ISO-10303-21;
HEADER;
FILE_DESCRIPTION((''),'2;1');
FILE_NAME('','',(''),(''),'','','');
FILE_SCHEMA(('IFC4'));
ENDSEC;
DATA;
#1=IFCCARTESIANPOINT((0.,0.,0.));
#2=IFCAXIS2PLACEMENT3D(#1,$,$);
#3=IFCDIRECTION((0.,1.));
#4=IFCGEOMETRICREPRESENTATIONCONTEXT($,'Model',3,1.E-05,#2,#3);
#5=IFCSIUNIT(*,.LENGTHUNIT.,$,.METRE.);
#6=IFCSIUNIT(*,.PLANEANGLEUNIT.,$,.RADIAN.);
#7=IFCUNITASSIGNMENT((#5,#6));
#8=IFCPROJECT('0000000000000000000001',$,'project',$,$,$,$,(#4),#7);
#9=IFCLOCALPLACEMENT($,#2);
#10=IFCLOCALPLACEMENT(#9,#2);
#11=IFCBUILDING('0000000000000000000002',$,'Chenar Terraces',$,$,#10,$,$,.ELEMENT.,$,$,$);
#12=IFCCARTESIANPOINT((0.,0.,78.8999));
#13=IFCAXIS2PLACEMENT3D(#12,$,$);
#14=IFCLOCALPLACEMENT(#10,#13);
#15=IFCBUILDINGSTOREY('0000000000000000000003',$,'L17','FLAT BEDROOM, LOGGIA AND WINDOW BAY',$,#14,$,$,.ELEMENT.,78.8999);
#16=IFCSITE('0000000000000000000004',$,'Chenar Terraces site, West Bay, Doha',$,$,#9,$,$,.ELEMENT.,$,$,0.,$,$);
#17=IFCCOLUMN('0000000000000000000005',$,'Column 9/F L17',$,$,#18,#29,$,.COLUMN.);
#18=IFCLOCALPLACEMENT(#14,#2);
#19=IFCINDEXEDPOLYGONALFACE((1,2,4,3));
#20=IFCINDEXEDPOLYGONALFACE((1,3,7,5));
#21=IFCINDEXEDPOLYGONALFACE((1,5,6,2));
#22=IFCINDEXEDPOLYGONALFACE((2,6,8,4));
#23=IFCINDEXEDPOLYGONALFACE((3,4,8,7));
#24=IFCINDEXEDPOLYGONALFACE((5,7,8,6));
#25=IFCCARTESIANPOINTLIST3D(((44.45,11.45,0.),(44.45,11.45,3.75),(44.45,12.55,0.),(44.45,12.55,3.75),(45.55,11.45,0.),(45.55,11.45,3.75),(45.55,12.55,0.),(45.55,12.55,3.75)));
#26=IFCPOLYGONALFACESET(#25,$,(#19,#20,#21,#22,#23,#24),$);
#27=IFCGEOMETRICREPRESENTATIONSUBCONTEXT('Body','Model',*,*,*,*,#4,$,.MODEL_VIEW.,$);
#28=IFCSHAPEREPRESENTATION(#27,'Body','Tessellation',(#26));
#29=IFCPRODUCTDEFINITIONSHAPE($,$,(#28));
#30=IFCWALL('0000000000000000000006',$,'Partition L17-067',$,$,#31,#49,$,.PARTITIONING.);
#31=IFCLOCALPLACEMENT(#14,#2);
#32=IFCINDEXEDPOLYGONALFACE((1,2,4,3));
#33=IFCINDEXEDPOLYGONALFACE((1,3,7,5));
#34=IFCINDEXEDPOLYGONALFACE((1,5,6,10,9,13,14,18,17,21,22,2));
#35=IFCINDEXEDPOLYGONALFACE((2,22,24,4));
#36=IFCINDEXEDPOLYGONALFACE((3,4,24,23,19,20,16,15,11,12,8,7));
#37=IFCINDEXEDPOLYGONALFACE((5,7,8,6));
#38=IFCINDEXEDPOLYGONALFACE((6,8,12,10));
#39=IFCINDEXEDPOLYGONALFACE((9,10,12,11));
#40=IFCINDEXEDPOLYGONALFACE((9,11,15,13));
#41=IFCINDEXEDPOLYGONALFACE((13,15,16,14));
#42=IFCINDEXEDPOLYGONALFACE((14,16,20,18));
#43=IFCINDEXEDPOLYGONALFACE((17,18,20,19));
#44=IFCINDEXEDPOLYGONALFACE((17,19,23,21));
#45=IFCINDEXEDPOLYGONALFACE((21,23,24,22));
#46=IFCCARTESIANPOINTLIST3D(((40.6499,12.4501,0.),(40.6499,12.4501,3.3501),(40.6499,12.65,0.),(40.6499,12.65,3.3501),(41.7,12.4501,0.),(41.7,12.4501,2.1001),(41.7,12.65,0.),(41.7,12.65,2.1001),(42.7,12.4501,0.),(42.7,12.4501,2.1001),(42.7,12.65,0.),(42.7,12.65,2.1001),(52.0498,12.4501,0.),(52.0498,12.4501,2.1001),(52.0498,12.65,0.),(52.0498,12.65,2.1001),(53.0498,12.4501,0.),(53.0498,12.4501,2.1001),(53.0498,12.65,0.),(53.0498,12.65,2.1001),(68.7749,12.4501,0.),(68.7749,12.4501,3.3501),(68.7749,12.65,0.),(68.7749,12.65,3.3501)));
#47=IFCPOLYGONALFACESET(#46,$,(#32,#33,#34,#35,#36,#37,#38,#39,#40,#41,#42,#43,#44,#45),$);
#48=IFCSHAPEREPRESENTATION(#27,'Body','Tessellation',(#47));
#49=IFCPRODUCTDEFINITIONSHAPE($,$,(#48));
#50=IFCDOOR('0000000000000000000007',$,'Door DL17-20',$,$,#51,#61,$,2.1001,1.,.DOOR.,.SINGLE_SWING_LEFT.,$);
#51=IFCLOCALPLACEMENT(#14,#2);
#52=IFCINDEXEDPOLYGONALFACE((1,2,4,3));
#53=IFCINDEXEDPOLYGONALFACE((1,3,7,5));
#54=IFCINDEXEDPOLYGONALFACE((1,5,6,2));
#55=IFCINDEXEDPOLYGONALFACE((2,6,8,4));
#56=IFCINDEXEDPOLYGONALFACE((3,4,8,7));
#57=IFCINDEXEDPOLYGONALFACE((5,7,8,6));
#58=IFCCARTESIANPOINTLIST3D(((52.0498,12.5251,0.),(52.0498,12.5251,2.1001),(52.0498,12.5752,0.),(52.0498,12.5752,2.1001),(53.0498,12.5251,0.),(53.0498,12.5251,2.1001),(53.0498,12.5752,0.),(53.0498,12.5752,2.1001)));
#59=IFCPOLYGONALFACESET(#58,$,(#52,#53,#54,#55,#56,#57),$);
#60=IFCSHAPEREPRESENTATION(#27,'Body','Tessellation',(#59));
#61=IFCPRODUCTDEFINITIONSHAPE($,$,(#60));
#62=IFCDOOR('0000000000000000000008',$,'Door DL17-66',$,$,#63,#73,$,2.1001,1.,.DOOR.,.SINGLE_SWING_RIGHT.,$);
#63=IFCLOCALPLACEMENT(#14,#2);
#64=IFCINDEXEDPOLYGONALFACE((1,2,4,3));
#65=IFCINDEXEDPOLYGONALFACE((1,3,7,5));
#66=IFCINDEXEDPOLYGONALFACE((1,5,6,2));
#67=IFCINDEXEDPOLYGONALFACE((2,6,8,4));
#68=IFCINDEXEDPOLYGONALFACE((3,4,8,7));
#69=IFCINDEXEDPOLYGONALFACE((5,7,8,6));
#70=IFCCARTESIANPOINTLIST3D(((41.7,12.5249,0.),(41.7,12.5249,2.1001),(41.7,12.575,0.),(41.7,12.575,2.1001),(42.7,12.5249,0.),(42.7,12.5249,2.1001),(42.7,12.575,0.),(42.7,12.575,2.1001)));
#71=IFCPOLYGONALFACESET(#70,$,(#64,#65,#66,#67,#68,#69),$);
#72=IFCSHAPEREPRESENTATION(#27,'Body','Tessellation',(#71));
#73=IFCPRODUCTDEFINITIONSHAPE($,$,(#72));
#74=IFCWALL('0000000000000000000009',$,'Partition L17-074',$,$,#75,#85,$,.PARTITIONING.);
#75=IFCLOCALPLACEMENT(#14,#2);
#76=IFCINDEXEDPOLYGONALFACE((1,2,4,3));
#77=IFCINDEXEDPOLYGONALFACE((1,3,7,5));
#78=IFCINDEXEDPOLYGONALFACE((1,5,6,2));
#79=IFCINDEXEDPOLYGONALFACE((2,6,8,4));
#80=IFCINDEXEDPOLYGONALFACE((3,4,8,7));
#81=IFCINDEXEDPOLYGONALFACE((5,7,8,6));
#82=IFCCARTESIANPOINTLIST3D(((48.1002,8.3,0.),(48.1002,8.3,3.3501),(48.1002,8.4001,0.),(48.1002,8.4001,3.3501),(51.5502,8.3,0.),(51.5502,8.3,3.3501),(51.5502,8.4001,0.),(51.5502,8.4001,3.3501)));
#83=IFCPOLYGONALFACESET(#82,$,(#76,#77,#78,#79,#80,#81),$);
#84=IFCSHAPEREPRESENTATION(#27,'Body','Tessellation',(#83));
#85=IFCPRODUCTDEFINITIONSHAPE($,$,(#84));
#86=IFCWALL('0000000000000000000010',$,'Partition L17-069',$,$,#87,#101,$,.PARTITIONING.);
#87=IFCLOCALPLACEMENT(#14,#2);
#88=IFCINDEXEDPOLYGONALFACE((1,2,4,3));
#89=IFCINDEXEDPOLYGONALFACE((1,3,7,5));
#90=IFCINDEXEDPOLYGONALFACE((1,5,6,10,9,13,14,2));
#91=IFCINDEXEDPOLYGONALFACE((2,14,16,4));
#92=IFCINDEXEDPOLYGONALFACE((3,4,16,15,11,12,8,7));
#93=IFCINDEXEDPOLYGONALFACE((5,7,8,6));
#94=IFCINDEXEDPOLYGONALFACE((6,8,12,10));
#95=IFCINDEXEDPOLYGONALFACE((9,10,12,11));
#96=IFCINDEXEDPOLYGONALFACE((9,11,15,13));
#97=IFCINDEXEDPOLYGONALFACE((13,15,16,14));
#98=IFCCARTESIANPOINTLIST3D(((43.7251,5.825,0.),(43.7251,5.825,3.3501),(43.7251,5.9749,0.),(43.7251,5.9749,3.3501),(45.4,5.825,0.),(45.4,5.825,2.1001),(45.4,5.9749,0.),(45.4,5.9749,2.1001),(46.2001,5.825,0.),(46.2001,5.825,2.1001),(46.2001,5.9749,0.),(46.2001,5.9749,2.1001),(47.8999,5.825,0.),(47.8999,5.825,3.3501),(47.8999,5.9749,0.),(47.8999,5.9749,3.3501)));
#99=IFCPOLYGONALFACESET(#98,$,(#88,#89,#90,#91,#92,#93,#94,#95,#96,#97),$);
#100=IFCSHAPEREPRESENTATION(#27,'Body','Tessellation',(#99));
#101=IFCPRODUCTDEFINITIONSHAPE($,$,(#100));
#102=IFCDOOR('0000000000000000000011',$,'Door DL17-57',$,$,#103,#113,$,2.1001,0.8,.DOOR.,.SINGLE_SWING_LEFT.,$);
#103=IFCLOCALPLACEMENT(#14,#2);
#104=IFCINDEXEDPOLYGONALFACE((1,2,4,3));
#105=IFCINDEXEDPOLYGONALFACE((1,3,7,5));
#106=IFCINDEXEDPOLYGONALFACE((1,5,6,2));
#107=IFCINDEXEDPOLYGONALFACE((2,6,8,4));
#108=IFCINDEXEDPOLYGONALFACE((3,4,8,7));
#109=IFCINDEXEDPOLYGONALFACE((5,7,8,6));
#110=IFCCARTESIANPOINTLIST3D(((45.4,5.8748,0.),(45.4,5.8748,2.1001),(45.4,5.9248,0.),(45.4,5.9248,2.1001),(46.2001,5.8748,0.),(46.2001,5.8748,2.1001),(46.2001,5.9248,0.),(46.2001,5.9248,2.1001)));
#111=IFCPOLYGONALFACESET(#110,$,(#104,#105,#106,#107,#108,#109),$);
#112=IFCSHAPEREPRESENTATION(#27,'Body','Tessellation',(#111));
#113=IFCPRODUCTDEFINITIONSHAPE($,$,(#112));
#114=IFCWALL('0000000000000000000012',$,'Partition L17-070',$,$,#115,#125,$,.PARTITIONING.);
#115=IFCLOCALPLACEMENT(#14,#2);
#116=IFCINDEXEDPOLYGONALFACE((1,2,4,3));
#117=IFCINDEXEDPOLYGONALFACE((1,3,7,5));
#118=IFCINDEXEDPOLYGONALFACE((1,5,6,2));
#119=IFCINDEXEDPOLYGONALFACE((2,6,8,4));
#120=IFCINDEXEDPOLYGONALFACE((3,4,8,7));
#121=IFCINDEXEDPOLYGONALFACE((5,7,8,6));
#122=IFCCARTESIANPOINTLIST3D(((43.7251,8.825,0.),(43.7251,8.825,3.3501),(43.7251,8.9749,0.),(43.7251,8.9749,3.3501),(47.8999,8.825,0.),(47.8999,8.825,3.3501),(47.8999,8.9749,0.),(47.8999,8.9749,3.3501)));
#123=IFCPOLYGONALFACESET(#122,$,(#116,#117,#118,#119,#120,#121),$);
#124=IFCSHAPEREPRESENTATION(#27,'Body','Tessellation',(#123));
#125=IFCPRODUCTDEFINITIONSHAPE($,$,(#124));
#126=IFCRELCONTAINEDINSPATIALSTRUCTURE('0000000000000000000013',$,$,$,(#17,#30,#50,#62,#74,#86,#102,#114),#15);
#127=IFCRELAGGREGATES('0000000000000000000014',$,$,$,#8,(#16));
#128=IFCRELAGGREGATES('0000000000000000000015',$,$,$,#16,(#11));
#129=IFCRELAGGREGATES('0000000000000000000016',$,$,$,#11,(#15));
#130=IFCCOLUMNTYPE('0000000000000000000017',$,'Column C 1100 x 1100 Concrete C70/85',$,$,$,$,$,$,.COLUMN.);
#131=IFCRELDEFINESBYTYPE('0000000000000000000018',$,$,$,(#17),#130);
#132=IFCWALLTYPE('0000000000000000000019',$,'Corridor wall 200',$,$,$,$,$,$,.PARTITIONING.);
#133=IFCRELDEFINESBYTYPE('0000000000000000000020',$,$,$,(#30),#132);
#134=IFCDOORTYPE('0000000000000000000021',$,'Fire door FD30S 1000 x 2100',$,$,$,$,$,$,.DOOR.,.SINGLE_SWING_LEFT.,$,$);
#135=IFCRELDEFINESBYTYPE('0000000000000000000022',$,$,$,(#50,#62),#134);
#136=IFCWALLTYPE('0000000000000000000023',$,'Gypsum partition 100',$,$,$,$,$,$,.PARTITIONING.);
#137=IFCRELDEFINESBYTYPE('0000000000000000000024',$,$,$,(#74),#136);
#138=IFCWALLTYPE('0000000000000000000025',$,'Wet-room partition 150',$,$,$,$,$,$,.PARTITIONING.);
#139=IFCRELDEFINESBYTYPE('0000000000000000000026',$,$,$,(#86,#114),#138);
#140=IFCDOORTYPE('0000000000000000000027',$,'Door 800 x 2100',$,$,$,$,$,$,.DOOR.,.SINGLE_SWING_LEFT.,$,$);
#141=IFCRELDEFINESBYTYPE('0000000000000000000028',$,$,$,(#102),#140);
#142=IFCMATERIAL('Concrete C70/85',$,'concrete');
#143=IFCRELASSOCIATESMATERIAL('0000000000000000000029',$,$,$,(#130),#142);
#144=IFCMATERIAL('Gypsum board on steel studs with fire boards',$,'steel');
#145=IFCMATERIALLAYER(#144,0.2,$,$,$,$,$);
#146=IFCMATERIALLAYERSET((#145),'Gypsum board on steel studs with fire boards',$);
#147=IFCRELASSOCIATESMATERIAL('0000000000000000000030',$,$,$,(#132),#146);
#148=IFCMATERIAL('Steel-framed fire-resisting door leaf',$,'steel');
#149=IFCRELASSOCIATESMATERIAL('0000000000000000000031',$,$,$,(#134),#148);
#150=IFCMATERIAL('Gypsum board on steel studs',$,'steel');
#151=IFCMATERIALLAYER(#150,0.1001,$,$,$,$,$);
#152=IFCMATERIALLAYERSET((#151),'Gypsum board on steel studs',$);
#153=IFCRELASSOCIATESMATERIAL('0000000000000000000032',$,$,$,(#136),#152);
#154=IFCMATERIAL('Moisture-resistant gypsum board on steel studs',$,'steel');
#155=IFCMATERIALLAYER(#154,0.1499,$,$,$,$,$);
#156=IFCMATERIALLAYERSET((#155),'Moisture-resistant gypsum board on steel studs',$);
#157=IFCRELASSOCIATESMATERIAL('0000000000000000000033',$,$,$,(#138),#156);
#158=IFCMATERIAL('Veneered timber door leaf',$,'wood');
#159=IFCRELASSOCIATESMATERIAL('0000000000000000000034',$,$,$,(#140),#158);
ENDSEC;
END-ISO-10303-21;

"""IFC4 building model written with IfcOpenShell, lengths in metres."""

from ifc_helpers import new_model, si_unit, direction, frame, frame_2d, origin, origin_2d, place, context, subcontext, project, spatial, rectangle, extrude, material, layer, layer_set, material_profile, profile_set, type_object, element, fill, save


model = new_model("IFC4")

# Units and contexts
model_context = context("Model", 3, precision=1e-05, world=origin(), true_north=direction((0.0, 1.0)))
body_context = subcontext(model_context, "Body", "Model", "MODEL_VIEW")
ifc_project = project(units=[si_unit("LENGTHUNIT", "METRE"), si_unit("PLANEANGLEUNIT", "RADIAN")], contexts=[model_context])

# Site, building, storey
site_placement = place(None, origin())
site = spatial("IfcSite", under=ifc_project, at=site_placement, Name="Chenar Terraces site, West Bay, Doha", CompositionType="ELEMENT", RefElevation=0.0)
building_placement = place(site_placement, origin())
building = spatial("IfcBuilding", under=site, at=building_placement, Name="Chenar Terraces", CompositionType="ELEMENT")
storey_placement = place(building_placement, frame((0.0, 0.0, 78.8999)))
storey = spatial("IfcBuildingStorey", under=building, at=storey_placement, Name="L17", Description="FLAT BEDROOM, LOGGIA AND WINDOW BAY", CompositionType="ELEMENT", Elevation=78.8999)

# Column
ifc_material_1 = material(Name="Concrete C70/85", Category="concrete")
ifc_material_profile = material_profile(ifc_material_1, rectangle(XDim=1.1001, YDim=1.1001, at=origin_2d()), Name="C 1100 x 1100")
ifc_profile_set = profile_set([ifc_material_profile], Name="Concrete C70/85")
column_type = type_object("IfcColumnType", Name="Column C 1100 x 1100 Concrete C70/85", PredefinedType="COLUMN", material=ifc_profile_set)
column_placement = place(storey_placement, frame((45.0, 12.0, 0.0), z_axis=(0.0, 0.0, 1.0), x_axis=(1.0, 0.0, 0.0)))
element("IfcColumn", 1, at=column_placement, inside=storey, type_object=column_type, Name="Column 9/F L17", PredefinedType="COLUMN", context=body_context, shape_type="SweptSolid", body=[
    extrude(rectangle(XDim=1.1001, YDim=1.1001, at=origin_2d()), origin(), (0.0, 0.0, 1.0), 3.75),
])

# Wall, openings, doors
ifc_material_2 = material(Name="Gypsum board on steel studs with fire boards", Category="steel")
ifc_layer_1 = layer(ifc_material_2, 0.2)
ifc_layer_set_1 = layer_set([ifc_layer_1], Name="Gypsum board on steel studs with fire boards")
wall_type_1 = type_object("IfcWallType", Name="Corridor wall 200", PredefinedType="PARTITIONING", material=ifc_layer_set_1)
wall_1_placement = place(storey_placement, frame((40.6499, 12.55, 0.0), z_axis=(0.0, 0.0, 1.0), x_axis=(1.0, 0.0, 0.0)))
wall_1 = element("IfcWall", 2, at=wall_1_placement, inside=storey, type_object=wall_type_1, Name="Partition L17-067", PredefinedType="PARTITIONING", context=body_context, shape_type="SweptSolid", body=[
    extrude(rectangle(XDim=28.125, YDim=0.2, at=frame_2d((14.0625, 0.0))), origin(), (0.0, 0.0, 1.0), 3.3501),
])
opening_1_placement = place(wall_1_placement, frame((11.3999, 0.0, 0.0)))
opening_1 = element("IfcOpeningElement", 3, at=opening_1_placement, cuts=wall_1, PredefinedType="OPENING", context=body_context, shape_type="SweptSolid", body=[
    extrude(rectangle(XDim=1.0, YDim=2.1001, at=frame_2d((0.5, 1.05))), frame((0.0, 0.1099, 0.0), z_axis=(0.0, -1.0, 0.0), x_axis=(1.0, 0.0, 0.0)), (0.0, 0.0, 1.0), 0.22),
])
opening_2_placement = place(wall_1_placement, frame((1.05, 0.0, 0.0)))
opening_2 = element("IfcOpeningElement", 4, at=opening_2_placement, cuts=wall_1, PredefinedType="OPENING", context=body_context, shape_type="SweptSolid", body=[
    extrude(rectangle(XDim=1.0, YDim=2.1001, at=frame_2d((0.5, 1.05))), frame((0.0, 0.1099, 0.0), z_axis=(0.0, -1.0, 0.0), x_axis=(1.0, 0.0, 0.0)), (0.0, 0.0, 1.0), 0.22),
])
ifc_material_3 = material(Name="Steel-framed fire-resisting door leaf", Category="steel")
door_type_1 = type_object("IfcDoorType", Name="Fire door FD30S 1000 x 2100", OperationType="SINGLE_SWING_LEFT", PredefinedType="DOOR", material=ifc_material_3)
door_1_placement = place(opening_1_placement, frame((1.0, 0.0, 0.0), z_axis=(0.0, 0.0, 1.0), x_axis=(-1.0, 0.0, 0.0)))
door_1 = element("IfcDoor", 5, at=door_1_placement, inside=storey, type_object=door_type_1, Name="Door DL17-20", OperationType="SINGLE_SWING_LEFT", OverallHeight=2.1001, OverallWidth=1.0, PredefinedType="DOOR", context=body_context, shape_type="SweptSolid", body=[
    extrude(rectangle(XDim=1.0, YDim=2.1001, at=frame_2d((0.5, 1.05))), frame((0.0, 0.0249, 0.0), z_axis=(0.0, -1.0, 0.0), x_axis=(1.0, 0.0, 0.0)), (0.0, 0.0, 1.0), 0.05),
])
fill(opening_1, door_1)
door_2_placement = place(opening_2_placement, origin())
door_2 = element("IfcDoor", 6, at=door_2_placement, inside=storey, type_object=door_type_1, Name="Door DL17-66", OperationType="SINGLE_SWING_RIGHT", OverallHeight=2.1001, OverallWidth=1.0, PredefinedType="DOOR", context=body_context, shape_type="SweptSolid", body=[
    extrude(rectangle(XDim=1.0, YDim=2.1001, at=frame_2d((0.5, 1.05))), frame((0.0, 0.0249, 0.0), z_axis=(0.0, -1.0, 0.0), x_axis=(1.0, 0.0, 0.0)), (0.0, 0.0, 1.0), 0.05),
])
fill(opening_2, door_2)

# Wall
ifc_material_4 = material(Name="Gypsum board on steel studs", Category="steel")
ifc_layer_2 = layer(ifc_material_4, 0.1001)
ifc_layer_set_2 = layer_set([ifc_layer_2], Name="Gypsum board on steel studs")
wall_type_2 = type_object("IfcWallType", Name="Gypsum partition 100", PredefinedType="PARTITIONING", material=ifc_layer_set_2)
wall_2_placement = place(storey_placement, frame((48.1001, 8.3501, 0.0), z_axis=(0.0, 0.0, 1.0), x_axis=(1.0, 0.0, 0.0)))
element("IfcWall", 7, at=wall_2_placement, inside=storey, type_object=wall_type_2, Name="Partition L17-074", PredefinedType="PARTITIONING", context=body_context, shape_type="SweptSolid", body=[
    extrude(rectangle(XDim=3.45, YDim=0.1001, at=frame_2d((1.7251, 0.0))), origin(), (0.0, 0.0, 1.0), 3.3501),
])

# Wall, opening, door
ifc_material_5 = material(Name="Moisture-resistant gypsum board on steel studs", Category="steel")
ifc_layer_3 = layer(ifc_material_5, 0.1499)
ifc_layer_set_3 = layer_set([ifc_layer_3], Name="Moisture-resistant gypsum board on steel studs")
wall_type_3 = type_object("IfcWallType", Name="Wet-room partition 150", PredefinedType="PARTITIONING", material=ifc_layer_set_3)
wall_3_placement = place(storey_placement, frame((43.7251, 5.8999, 0.0), z_axis=(0.0, 0.0, 1.0), x_axis=(1.0, 0.0, 0.0)))
wall_3 = element("IfcWall", 8, at=wall_3_placement, inside=storey, type_object=wall_type_3, Name="Partition L17-069", PredefinedType="PARTITIONING", context=body_context, shape_type="SweptSolid", body=[
    extrude(rectangle(XDim=4.1748, YDim=0.1499, at=frame_2d((2.0874, 0.0))), origin(), (0.0, 0.0, 1.0), 3.3501),
])
opening_3_placement = place(wall_3_placement, frame((1.675, 0.0, 0.0)))
opening_3 = element("IfcOpeningElement", 9, at=opening_3_placement, cuts=wall_3, PredefinedType="OPENING", context=body_context, shape_type="SweptSolid", body=[
    extrude(rectangle(XDim=0.8, YDim=2.1001, at=frame_2d((0.3999, 1.05))), frame((0.0, 0.085, 0.0), z_axis=(0.0, -1.0, 0.0), x_axis=(1.0, 0.0, 0.0)), (0.0, 0.0, 1.0), 0.1699),
])
ifc_material_6 = material(Name="Veneered timber door leaf", Category="wood")
door_type_2 = type_object("IfcDoorType", Name="Door 800 x 2100", OperationType="SINGLE_SWING_LEFT", PredefinedType="DOOR", material=ifc_material_6)
door_3_placement = place(opening_3_placement, origin())
door_3 = element("IfcDoor", 10, at=door_3_placement, inside=storey, type_object=door_type_2, Name="Door DL17-57", OperationType="SINGLE_SWING_LEFT", OverallHeight=2.1001, OverallWidth=0.8, PredefinedType="DOOR", context=body_context, shape_type="SweptSolid", body=[
    extrude(rectangle(XDim=0.8, YDim=2.1001, at=frame_2d((0.3999, 1.05))), frame((0.0, 0.0249, 0.0), z_axis=(0.0, -1.0, 0.0), x_axis=(1.0, 0.0, 0.0)), (0.0, 0.0, 1.0), 0.05),
])
fill(opening_3, door_3)

# Wall
wall_4_placement = place(storey_placement, frame((43.7251, 8.8999, 0.0), z_axis=(0.0, 0.0, 1.0), x_axis=(1.0, 0.0, 0.0)))
element("IfcWall", 11, at=wall_4_placement, inside=storey, type_object=wall_type_3, Name="Partition L17-070", PredefinedType="PARTITIONING", context=body_context, shape_type="SweptSolid", body=[
    extrude(rectangle(XDim=4.1748, YDim=0.1499, at=frame_2d((2.0874, 0.0))), origin(), (0.0, 0.0, 1.0), 3.3501),
])

save(model, "model.ifc")
